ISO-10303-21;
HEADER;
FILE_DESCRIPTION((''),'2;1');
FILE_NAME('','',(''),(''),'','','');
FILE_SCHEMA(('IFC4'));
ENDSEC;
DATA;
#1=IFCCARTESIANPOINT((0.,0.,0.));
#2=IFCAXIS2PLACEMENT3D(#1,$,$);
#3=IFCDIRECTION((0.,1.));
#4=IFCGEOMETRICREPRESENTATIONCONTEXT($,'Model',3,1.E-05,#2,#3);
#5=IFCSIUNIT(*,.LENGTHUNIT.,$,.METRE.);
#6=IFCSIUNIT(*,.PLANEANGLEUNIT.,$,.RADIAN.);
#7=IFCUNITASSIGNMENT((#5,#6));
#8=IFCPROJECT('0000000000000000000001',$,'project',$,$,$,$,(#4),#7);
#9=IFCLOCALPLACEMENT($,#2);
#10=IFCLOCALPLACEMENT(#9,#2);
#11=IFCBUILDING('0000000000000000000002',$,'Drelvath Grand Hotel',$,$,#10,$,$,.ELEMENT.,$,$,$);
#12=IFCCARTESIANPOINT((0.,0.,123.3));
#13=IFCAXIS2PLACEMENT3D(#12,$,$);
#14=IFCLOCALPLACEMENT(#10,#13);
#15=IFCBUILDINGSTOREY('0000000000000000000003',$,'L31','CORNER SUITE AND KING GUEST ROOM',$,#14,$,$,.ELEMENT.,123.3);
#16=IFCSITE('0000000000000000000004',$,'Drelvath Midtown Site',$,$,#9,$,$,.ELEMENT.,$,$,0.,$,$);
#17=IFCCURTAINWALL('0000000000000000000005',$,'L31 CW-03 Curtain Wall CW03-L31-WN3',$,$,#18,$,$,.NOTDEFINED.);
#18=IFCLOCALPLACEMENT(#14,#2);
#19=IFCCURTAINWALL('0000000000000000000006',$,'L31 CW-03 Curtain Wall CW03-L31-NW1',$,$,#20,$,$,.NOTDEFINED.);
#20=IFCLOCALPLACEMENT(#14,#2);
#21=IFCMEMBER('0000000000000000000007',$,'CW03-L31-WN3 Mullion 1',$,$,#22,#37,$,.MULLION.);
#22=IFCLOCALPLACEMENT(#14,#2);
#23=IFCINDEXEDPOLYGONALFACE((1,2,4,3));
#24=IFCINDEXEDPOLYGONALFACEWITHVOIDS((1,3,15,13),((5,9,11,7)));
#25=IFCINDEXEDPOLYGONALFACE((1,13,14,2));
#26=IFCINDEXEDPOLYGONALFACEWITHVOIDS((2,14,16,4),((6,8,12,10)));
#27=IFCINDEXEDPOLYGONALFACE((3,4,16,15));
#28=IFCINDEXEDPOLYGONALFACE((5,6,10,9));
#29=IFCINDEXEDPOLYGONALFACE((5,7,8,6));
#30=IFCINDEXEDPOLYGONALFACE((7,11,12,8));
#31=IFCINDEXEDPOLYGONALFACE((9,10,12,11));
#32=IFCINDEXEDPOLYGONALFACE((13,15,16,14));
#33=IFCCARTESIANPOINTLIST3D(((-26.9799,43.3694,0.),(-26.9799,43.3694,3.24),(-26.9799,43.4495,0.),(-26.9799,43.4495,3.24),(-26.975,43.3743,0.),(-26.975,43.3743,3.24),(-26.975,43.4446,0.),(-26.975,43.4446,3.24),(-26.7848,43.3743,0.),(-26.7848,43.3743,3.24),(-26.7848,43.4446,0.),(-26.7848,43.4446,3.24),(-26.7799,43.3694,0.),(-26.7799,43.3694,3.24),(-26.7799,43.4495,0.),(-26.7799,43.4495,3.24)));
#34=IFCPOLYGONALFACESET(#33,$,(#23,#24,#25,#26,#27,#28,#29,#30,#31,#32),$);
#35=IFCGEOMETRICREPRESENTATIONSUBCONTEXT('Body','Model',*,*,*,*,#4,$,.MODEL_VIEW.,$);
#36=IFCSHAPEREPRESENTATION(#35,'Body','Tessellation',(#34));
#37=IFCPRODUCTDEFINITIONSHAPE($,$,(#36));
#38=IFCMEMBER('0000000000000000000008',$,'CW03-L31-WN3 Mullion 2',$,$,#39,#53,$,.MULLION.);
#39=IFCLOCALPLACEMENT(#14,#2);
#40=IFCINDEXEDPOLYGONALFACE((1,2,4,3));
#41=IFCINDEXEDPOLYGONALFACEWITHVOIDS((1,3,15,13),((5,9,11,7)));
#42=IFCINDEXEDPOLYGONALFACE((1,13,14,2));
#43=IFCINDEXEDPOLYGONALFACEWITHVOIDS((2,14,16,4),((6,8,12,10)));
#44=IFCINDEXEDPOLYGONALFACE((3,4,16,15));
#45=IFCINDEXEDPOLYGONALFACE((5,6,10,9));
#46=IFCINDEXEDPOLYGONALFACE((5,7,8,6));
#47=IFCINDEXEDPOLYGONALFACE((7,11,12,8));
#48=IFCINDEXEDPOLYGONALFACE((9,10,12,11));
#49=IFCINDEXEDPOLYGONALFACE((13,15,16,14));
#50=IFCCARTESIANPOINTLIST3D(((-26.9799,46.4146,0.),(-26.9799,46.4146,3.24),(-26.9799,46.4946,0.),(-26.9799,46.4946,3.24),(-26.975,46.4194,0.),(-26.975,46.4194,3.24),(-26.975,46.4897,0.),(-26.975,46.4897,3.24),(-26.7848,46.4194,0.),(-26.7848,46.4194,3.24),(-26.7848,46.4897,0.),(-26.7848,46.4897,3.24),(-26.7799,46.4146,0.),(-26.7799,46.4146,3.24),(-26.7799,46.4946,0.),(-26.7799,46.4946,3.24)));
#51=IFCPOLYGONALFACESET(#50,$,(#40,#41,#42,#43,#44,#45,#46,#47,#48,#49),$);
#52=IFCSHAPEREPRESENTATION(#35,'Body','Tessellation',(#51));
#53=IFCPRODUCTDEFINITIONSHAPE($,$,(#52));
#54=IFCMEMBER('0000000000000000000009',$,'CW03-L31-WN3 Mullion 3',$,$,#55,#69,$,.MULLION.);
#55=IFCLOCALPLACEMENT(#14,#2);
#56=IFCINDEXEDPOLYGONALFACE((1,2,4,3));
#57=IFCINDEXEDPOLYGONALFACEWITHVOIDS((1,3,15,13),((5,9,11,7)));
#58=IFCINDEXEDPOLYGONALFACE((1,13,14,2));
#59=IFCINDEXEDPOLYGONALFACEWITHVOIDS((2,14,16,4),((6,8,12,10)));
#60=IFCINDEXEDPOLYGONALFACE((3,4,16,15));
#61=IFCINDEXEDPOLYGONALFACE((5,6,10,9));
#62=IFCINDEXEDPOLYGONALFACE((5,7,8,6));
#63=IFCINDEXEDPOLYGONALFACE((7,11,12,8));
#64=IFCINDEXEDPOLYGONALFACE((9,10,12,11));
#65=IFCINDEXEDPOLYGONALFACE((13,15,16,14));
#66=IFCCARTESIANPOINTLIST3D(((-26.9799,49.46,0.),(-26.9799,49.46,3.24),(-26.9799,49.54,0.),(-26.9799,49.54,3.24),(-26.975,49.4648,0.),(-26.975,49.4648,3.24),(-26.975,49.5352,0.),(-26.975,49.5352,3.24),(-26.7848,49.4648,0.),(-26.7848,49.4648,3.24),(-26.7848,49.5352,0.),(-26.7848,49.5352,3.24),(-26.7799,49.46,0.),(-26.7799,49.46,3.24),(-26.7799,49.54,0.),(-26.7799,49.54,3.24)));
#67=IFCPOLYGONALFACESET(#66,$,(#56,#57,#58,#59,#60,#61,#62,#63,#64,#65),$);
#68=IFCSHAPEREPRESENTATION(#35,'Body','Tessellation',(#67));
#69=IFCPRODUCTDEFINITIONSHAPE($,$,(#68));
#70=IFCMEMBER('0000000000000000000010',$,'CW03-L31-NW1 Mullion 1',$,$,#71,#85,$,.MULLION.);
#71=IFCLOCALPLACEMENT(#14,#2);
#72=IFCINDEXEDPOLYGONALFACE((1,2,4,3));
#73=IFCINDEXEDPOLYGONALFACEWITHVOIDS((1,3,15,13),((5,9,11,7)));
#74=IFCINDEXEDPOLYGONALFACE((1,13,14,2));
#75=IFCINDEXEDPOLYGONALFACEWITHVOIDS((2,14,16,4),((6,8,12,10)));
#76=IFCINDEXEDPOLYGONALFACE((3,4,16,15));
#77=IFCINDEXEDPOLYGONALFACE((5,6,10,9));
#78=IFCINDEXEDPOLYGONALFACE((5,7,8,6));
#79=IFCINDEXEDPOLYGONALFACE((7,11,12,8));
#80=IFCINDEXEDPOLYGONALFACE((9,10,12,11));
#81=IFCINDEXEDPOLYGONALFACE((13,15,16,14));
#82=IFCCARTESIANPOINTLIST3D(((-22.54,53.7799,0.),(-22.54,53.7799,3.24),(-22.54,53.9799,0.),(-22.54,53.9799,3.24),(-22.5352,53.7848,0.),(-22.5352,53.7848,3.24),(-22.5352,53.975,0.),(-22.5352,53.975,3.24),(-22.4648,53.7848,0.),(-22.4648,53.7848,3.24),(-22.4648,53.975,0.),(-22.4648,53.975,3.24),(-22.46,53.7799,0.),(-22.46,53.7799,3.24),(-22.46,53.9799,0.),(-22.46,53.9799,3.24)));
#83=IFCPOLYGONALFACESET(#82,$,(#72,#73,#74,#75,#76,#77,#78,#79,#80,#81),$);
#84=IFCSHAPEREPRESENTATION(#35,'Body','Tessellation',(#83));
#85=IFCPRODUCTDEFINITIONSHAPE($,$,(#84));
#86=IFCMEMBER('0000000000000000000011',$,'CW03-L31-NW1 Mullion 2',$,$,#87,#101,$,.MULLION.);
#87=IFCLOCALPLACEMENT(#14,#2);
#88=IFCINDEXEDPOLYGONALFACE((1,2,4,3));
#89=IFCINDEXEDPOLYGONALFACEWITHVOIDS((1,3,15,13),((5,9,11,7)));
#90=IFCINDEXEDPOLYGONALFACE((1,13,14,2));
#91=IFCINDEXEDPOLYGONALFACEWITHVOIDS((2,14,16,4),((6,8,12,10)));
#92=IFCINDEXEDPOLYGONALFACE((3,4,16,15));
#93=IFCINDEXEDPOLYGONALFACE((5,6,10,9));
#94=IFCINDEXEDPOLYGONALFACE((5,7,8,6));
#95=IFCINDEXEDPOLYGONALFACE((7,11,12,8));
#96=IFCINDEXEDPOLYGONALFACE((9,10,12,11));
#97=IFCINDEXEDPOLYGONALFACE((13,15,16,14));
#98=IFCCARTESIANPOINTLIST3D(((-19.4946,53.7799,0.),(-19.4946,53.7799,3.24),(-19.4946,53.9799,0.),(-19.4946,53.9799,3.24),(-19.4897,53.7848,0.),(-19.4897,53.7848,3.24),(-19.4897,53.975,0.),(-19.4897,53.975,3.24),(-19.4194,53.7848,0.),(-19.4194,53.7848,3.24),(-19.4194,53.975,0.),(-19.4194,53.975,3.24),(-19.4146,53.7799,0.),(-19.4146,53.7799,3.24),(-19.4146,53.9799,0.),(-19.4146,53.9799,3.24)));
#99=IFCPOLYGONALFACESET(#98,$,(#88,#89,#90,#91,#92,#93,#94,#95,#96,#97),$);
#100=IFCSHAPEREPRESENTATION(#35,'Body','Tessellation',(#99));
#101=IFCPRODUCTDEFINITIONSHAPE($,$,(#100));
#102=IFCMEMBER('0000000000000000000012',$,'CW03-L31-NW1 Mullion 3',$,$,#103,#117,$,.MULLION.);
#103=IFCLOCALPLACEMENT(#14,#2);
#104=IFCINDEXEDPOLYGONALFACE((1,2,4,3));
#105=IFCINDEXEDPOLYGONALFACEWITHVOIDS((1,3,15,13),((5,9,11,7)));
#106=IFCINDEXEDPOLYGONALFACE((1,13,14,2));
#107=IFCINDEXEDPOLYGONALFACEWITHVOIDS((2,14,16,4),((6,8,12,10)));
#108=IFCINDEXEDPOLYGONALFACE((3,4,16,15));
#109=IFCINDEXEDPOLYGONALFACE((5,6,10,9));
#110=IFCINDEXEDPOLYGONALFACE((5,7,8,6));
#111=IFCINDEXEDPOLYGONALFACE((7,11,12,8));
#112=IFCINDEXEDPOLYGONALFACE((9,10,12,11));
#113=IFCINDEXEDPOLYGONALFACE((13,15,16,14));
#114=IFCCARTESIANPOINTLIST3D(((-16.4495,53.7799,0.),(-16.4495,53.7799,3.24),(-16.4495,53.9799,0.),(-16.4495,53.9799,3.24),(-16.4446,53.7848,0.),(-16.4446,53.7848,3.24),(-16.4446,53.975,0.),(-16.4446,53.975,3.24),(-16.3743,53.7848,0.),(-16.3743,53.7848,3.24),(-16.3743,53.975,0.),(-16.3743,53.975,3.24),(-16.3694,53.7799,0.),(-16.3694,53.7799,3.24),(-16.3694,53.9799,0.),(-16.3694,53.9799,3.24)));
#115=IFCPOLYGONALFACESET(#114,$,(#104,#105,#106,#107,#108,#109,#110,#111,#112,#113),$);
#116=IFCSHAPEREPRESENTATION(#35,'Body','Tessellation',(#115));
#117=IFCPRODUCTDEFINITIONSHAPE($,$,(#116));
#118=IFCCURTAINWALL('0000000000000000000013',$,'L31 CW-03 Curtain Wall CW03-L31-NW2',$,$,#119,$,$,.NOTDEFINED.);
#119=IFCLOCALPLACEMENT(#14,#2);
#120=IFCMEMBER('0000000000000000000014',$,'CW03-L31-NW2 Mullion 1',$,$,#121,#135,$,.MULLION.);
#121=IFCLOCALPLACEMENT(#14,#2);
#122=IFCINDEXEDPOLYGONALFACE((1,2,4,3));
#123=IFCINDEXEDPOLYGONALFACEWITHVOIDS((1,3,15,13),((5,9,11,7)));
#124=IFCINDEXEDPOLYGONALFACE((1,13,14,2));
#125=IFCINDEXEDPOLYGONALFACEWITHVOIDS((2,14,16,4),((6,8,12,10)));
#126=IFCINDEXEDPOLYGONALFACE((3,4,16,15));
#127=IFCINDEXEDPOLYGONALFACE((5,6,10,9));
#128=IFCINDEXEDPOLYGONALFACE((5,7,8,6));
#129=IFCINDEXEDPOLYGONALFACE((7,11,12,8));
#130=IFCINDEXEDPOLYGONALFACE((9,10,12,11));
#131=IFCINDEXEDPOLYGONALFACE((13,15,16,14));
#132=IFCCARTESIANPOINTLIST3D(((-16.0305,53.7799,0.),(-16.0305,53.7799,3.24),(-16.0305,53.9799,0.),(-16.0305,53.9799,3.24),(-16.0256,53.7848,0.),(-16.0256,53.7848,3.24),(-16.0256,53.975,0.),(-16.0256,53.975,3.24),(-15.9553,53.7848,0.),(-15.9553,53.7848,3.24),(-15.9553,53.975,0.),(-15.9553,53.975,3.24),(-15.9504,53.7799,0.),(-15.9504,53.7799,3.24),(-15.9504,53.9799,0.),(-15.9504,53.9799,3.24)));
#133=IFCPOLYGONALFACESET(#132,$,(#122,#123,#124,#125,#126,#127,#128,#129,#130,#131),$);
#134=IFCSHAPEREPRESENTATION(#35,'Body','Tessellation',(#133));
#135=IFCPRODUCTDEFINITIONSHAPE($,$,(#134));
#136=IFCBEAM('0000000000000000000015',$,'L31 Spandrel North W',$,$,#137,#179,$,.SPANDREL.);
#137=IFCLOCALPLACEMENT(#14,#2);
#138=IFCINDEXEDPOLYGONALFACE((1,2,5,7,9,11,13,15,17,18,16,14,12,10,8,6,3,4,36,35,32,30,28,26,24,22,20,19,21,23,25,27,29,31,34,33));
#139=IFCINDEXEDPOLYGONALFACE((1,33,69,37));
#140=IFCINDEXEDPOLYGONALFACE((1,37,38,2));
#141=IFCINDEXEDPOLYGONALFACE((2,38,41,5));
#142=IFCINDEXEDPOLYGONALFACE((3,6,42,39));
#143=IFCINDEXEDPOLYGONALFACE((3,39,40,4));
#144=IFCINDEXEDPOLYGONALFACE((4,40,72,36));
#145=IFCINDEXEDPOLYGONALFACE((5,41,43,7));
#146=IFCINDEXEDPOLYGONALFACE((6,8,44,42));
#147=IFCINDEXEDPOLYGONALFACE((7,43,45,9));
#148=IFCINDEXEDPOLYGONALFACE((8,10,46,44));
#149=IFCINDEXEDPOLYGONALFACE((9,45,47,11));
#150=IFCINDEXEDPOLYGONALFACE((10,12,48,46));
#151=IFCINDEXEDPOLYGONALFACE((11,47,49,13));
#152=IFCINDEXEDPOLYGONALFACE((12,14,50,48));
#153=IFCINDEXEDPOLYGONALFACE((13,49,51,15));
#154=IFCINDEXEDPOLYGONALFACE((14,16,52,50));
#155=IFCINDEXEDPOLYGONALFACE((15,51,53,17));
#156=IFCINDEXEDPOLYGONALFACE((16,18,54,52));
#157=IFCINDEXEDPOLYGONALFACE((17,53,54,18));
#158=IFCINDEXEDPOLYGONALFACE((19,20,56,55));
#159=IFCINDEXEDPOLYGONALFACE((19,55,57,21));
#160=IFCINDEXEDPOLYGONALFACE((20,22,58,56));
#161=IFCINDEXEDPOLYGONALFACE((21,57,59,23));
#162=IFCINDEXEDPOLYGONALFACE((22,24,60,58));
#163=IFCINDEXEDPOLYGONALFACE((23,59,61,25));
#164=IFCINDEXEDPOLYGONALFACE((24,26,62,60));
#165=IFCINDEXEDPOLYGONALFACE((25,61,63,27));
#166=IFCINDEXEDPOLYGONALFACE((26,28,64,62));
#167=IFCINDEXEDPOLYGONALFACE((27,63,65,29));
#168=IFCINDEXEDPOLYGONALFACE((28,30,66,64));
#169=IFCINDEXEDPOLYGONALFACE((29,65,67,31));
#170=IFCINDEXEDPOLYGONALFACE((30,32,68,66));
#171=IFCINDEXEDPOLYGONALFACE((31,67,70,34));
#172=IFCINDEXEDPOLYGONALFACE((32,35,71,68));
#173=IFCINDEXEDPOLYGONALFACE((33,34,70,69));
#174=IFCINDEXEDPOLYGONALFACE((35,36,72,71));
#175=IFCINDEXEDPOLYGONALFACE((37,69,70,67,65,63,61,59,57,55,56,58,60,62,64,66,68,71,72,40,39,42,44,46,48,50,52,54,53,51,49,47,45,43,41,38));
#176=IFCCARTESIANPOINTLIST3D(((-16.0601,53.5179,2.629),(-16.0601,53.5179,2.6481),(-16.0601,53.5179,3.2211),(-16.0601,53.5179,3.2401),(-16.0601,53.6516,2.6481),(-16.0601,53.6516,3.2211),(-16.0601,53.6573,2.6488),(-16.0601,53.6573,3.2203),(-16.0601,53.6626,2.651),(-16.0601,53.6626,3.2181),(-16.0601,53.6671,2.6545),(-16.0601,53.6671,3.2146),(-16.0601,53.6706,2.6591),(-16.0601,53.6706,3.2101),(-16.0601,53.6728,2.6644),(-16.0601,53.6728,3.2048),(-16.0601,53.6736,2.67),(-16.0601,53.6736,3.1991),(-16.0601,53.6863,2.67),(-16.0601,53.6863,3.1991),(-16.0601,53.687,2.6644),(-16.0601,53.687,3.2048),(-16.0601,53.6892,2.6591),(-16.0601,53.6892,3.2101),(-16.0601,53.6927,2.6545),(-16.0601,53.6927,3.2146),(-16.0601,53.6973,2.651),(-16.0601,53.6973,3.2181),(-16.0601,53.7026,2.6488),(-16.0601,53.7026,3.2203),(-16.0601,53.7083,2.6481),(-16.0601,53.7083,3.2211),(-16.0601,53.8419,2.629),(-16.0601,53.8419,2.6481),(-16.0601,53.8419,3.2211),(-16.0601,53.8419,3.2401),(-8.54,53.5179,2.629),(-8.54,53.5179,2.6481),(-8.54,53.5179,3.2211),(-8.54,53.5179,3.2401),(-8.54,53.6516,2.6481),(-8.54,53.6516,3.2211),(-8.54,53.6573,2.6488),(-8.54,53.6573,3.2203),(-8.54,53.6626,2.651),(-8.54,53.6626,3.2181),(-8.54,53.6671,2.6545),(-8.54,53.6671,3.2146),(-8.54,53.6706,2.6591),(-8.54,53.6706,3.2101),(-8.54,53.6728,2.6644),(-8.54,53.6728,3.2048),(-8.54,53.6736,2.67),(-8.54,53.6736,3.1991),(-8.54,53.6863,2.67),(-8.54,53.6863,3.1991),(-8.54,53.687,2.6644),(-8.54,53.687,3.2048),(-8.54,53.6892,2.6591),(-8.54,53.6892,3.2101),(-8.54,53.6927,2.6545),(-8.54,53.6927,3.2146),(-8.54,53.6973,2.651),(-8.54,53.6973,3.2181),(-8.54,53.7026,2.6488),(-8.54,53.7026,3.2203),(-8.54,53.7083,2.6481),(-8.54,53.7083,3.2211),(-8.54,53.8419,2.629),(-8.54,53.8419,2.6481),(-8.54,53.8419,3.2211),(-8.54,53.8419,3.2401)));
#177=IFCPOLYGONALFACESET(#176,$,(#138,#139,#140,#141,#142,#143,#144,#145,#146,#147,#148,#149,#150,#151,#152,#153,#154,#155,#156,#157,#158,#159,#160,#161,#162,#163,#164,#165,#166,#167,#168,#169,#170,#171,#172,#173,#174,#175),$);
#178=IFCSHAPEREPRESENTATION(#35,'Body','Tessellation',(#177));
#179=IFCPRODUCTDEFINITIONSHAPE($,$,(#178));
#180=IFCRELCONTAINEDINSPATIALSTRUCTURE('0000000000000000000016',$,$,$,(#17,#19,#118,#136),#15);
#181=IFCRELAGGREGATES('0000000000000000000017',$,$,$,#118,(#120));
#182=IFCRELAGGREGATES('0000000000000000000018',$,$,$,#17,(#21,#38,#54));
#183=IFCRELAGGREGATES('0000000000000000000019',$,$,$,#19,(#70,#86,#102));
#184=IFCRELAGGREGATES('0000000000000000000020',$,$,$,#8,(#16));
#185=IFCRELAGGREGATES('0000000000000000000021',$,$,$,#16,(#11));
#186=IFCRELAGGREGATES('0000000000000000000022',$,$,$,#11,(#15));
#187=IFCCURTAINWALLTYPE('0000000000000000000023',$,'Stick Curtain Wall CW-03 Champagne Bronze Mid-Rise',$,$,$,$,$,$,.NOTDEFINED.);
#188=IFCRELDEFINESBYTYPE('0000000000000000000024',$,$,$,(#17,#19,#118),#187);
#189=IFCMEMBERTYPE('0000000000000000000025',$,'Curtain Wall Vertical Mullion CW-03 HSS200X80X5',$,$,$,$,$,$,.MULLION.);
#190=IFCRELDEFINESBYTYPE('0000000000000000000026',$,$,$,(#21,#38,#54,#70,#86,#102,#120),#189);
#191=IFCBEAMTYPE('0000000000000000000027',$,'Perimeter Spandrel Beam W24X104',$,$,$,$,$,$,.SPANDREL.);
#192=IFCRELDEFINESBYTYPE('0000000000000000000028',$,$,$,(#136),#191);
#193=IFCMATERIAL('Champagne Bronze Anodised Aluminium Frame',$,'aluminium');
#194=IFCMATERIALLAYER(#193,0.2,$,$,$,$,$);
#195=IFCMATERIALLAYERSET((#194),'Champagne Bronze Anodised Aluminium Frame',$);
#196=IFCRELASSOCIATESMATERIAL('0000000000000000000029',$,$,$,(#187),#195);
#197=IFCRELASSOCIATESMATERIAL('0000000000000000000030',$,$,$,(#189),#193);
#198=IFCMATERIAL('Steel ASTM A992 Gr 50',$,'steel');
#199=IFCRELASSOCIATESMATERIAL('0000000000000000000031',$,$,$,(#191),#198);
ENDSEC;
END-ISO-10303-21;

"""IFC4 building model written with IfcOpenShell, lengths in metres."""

from ifc_helpers import new_model, si_unit, direction, frame, origin, origin_2d, place, context, subcontext, project, spatial, hollow_rectangle, i_section, extrude, material, layer, layer_set, material_profile, profile_set, type_object, element, aggregate, save


model = new_model("IFC4")

# Units and contexts
model_context = context("Model", 3, precision=1e-05, world=origin(), true_north=direction((0.0, 1.0)))
body_context = subcontext(model_context, "Body", "Model", "MODEL_VIEW")
ifc_project = project(units=[si_unit("LENGTHUNIT", "METRE"), si_unit("PLANEANGLEUNIT", "RADIAN")], contexts=[model_context])

# Site, building, storey
site_placement = place(None, origin())
site = spatial("IfcSite", under=ifc_project, at=site_placement, Name="Drelvath Midtown Site", CompositionType="ELEMENT", RefElevation=0.0)
building_placement = place(site_placement, origin())
building = spatial("IfcBuilding", under=site, at=building_placement, Name="Drelvath Grand Hotel", CompositionType="ELEMENT")
storey_placement = place(building_placement, frame((0.0, 0.0, 123.3)))
storey = spatial("IfcBuildingStorey", under=building, at=storey_placement, Name="L31", Description="CORNER SUITE AND KING GUEST ROOM", CompositionType="ELEMENT", Elevation=123.3)

# Shared definitions
ifc_material_1 = material(Name="Steel ASTM A992 Gr 50", Category="steel")

# Curtain walls
ifc_material_2 = material(Name="Champagne Bronze Anodised Aluminium Frame", Category="aluminium")
ifc_layer_1 = layer(ifc_material_2, 0.2)
ifc_layer_set_1 = layer_set([ifc_layer_1], Name="Champagne Bronze Anodised Aluminium Frame")
curtain_wall_type = type_object("IfcCurtainWallType", Name="Stick Curtain Wall CW-03 Champagne Bronze Mid-Rise", PredefinedType="NOTDEFINED", material=ifc_layer_set_1)
curtain_wall_1_placement = place(storey_placement, origin())
curtain_wall_1 = element("IfcCurtainWall", 1, at=curtain_wall_1_placement, inside=storey, type_object=curtain_wall_type, Name="L31 CW-03 Curtain Wall CW03-L31-WN3", PredefinedType="NOTDEFINED")
curtain_wall_2_placement = place(storey_placement, origin())
curtain_wall_2 = element("IfcCurtainWall", 2, at=curtain_wall_2_placement, inside=storey, type_object=curtain_wall_type, Name="L31 CW-03 Curtain Wall CW03-L31-NW1", PredefinedType="NOTDEFINED")

# Members
ifc_material_profile_1 = material_profile(ifc_material_2, hollow_rectangle(XDim=0.0801, YDim=0.2, WallThickness=0.0049, at=origin_2d()), Name="HSS200X80X5")
ifc_profile_set_1 = profile_set([ifc_material_profile_1], Name="Champagne Bronze Anodised Aluminium Frame")
member_type_1 = type_object("IfcMemberType", Name="Curtain Wall Vertical Mullion CW-03 HSS200X80X5", PredefinedType="MULLION", material=ifc_profile_set_1)
member_1_placement = place(storey_placement, frame((-26.8799, 43.4094, 0.0), z_axis=(0.0, 0.0, 1.0), x_axis=(0.0, 1.0, 0.0)))
member_1 = element("IfcMember", 3, at=member_1_placement, type_object=member_type_1, Name="CW03-L31-WN3 Mullion 1", PredefinedType="MULLION", context=body_context, shape_type="SweptSolid", body=[
    extrude(hollow_rectangle(XDim=0.0801, YDim=0.2, WallThickness=0.0049, at=origin_2d()), origin(), (0.0, 0.0, 1.0), 3.24),
])
member_2_placement = place(storey_placement, frame((-26.8799, 46.4546, 0.0), z_axis=(0.0, 0.0, 1.0), x_axis=(0.0, 1.0, 0.0)))
member_2 = element("IfcMember", 4, at=member_2_placement, type_object=member_type_1, Name="CW03-L31-WN3 Mullion 2", PredefinedType="MULLION", context=body_context, shape_type="SweptSolid", body=[
    extrude(hollow_rectangle(XDim=0.0801, YDim=0.2, WallThickness=0.0049, at=origin_2d()), origin(), (0.0, 0.0, 1.0), 3.24),
])
member_3_placement = place(storey_placement, frame((-26.8799, 49.5, 0.0), z_axis=(0.0, 0.0, 1.0), x_axis=(0.0, 1.0, 0.0)))
member_3 = element("IfcMember", 5, at=member_3_placement, type_object=member_type_1, Name="CW03-L31-WN3 Mullion 3", PredefinedType="MULLION", context=body_context, shape_type="SweptSolid", body=[
    extrude(hollow_rectangle(XDim=0.0801, YDim=0.2, WallThickness=0.0049, at=origin_2d()), origin(), (0.0, 0.0, 1.0), 3.24),
])
member_4_placement = place(storey_placement, frame((-22.5, 53.8799, 0.0), z_axis=(0.0, 0.0, 1.0), x_axis=(1.0, 0.0, 0.0)))
member_4 = element("IfcMember", 6, at=member_4_placement, type_object=member_type_1, Name="CW03-L31-NW1 Mullion 1", PredefinedType="MULLION", context=body_context, shape_type="SweptSolid", body=[
    extrude(hollow_rectangle(XDim=0.0801, YDim=0.2, WallThickness=0.0049, at=origin_2d()), origin(), (0.0, 0.0, 1.0), 3.24),
])
member_5_placement = place(storey_placement, frame((-19.4546, 53.8799, 0.0), z_axis=(0.0, 0.0, 1.0), x_axis=(1.0, 0.0, 0.0)))
member_5 = element("IfcMember", 7, at=member_5_placement, type_object=member_type_1, Name="CW03-L31-NW1 Mullion 2", PredefinedType="MULLION", context=body_context, shape_type="SweptSolid", body=[
    extrude(hollow_rectangle(XDim=0.0801, YDim=0.2, WallThickness=0.0049, at=origin_2d()), origin(), (0.0, 0.0, 1.0), 3.24),
])
member_6_placement = place(storey_placement, frame((-16.4094, 53.8799, 0.0), z_axis=(0.0, 0.0, 1.0), x_axis=(1.0, 0.0, 0.0)))
member_6 = element("IfcMember", 8, at=member_6_placement, type_object=member_type_1, Name="CW03-L31-NW1 Mullion 3", PredefinedType="MULLION", context=body_context, shape_type="SweptSolid", body=[
    extrude(hollow_rectangle(XDim=0.0801, YDim=0.2, WallThickness=0.0049, at=origin_2d()), origin(), (0.0, 0.0, 1.0), 3.24),
])

# Curtain wall, member
curtain_wall_3_placement = place(storey_placement, origin())
curtain_wall_3 = element("IfcCurtainWall", 9, at=curtain_wall_3_placement, inside=storey, type_object=curtain_wall_type, Name="L31 CW-03 Curtain Wall CW03-L31-NW2", PredefinedType="NOTDEFINED")
member_7_placement = place(storey_placement, frame((-15.9905, 53.8799, 0.0), z_axis=(0.0, 0.0, 1.0), x_axis=(1.0, 0.0, 0.0)))
member_7 = element("IfcMember", 10, at=member_7_placement, type_object=member_type_1, Name="CW03-L31-NW2 Mullion 1", PredefinedType="MULLION", context=body_context, shape_type="SweptSolid", body=[
    extrude(hollow_rectangle(XDim=0.0801, YDim=0.2, WallThickness=0.0049, at=origin_2d()), origin(), (0.0, 0.0, 1.0), 3.24),
])
aggregate(curtain_wall_3, [member_7])

# Beam
ifc_material_profile_2 = material_profile(ifc_material_1, i_section(OverallWidth=0.324, OverallDepth=0.6111, WebThickness=0.0127, FlangeThickness=0.019, FilletRadius=0.022, at=origin_2d()), Name="W24X104")
ifc_profile_set_2 = profile_set([ifc_material_profile_2], Name="Steel ASTM A992 Gr 50")
beam_type_1 = type_object("IfcBeamType", Name="Perimeter Spandrel Beam W24X104", PredefinedType="SPANDREL", material=ifc_profile_set_2)
beam_1_placement = place(storey_placement, frame((-16.0601, 53.6799, 2.9346), z_axis=(1.0, 0.0, 0.0), x_axis=(0.0, 1.0, 0.0)))
element("IfcBeam", 11, at=beam_1_placement, inside=storey, type_object=beam_type_1, Name="L31 Spandrel North W", PredefinedType="SPANDREL", context=body_context, shape_type="SweptSolid", body=[
    extrude(i_section(OverallWidth=0.324, OverallDepth=0.6111, WebThickness=0.0127, FlangeThickness=0.019, FilletRadius=0.022, at=origin_2d()), origin(), (0.0, 0.0, 1.0), 7.52),
])

aggregate(curtain_wall_1, [member_1, member_2, member_3])
aggregate(curtain_wall_2, [member_4, member_5, member_6])

save(model, "model.ifc")
